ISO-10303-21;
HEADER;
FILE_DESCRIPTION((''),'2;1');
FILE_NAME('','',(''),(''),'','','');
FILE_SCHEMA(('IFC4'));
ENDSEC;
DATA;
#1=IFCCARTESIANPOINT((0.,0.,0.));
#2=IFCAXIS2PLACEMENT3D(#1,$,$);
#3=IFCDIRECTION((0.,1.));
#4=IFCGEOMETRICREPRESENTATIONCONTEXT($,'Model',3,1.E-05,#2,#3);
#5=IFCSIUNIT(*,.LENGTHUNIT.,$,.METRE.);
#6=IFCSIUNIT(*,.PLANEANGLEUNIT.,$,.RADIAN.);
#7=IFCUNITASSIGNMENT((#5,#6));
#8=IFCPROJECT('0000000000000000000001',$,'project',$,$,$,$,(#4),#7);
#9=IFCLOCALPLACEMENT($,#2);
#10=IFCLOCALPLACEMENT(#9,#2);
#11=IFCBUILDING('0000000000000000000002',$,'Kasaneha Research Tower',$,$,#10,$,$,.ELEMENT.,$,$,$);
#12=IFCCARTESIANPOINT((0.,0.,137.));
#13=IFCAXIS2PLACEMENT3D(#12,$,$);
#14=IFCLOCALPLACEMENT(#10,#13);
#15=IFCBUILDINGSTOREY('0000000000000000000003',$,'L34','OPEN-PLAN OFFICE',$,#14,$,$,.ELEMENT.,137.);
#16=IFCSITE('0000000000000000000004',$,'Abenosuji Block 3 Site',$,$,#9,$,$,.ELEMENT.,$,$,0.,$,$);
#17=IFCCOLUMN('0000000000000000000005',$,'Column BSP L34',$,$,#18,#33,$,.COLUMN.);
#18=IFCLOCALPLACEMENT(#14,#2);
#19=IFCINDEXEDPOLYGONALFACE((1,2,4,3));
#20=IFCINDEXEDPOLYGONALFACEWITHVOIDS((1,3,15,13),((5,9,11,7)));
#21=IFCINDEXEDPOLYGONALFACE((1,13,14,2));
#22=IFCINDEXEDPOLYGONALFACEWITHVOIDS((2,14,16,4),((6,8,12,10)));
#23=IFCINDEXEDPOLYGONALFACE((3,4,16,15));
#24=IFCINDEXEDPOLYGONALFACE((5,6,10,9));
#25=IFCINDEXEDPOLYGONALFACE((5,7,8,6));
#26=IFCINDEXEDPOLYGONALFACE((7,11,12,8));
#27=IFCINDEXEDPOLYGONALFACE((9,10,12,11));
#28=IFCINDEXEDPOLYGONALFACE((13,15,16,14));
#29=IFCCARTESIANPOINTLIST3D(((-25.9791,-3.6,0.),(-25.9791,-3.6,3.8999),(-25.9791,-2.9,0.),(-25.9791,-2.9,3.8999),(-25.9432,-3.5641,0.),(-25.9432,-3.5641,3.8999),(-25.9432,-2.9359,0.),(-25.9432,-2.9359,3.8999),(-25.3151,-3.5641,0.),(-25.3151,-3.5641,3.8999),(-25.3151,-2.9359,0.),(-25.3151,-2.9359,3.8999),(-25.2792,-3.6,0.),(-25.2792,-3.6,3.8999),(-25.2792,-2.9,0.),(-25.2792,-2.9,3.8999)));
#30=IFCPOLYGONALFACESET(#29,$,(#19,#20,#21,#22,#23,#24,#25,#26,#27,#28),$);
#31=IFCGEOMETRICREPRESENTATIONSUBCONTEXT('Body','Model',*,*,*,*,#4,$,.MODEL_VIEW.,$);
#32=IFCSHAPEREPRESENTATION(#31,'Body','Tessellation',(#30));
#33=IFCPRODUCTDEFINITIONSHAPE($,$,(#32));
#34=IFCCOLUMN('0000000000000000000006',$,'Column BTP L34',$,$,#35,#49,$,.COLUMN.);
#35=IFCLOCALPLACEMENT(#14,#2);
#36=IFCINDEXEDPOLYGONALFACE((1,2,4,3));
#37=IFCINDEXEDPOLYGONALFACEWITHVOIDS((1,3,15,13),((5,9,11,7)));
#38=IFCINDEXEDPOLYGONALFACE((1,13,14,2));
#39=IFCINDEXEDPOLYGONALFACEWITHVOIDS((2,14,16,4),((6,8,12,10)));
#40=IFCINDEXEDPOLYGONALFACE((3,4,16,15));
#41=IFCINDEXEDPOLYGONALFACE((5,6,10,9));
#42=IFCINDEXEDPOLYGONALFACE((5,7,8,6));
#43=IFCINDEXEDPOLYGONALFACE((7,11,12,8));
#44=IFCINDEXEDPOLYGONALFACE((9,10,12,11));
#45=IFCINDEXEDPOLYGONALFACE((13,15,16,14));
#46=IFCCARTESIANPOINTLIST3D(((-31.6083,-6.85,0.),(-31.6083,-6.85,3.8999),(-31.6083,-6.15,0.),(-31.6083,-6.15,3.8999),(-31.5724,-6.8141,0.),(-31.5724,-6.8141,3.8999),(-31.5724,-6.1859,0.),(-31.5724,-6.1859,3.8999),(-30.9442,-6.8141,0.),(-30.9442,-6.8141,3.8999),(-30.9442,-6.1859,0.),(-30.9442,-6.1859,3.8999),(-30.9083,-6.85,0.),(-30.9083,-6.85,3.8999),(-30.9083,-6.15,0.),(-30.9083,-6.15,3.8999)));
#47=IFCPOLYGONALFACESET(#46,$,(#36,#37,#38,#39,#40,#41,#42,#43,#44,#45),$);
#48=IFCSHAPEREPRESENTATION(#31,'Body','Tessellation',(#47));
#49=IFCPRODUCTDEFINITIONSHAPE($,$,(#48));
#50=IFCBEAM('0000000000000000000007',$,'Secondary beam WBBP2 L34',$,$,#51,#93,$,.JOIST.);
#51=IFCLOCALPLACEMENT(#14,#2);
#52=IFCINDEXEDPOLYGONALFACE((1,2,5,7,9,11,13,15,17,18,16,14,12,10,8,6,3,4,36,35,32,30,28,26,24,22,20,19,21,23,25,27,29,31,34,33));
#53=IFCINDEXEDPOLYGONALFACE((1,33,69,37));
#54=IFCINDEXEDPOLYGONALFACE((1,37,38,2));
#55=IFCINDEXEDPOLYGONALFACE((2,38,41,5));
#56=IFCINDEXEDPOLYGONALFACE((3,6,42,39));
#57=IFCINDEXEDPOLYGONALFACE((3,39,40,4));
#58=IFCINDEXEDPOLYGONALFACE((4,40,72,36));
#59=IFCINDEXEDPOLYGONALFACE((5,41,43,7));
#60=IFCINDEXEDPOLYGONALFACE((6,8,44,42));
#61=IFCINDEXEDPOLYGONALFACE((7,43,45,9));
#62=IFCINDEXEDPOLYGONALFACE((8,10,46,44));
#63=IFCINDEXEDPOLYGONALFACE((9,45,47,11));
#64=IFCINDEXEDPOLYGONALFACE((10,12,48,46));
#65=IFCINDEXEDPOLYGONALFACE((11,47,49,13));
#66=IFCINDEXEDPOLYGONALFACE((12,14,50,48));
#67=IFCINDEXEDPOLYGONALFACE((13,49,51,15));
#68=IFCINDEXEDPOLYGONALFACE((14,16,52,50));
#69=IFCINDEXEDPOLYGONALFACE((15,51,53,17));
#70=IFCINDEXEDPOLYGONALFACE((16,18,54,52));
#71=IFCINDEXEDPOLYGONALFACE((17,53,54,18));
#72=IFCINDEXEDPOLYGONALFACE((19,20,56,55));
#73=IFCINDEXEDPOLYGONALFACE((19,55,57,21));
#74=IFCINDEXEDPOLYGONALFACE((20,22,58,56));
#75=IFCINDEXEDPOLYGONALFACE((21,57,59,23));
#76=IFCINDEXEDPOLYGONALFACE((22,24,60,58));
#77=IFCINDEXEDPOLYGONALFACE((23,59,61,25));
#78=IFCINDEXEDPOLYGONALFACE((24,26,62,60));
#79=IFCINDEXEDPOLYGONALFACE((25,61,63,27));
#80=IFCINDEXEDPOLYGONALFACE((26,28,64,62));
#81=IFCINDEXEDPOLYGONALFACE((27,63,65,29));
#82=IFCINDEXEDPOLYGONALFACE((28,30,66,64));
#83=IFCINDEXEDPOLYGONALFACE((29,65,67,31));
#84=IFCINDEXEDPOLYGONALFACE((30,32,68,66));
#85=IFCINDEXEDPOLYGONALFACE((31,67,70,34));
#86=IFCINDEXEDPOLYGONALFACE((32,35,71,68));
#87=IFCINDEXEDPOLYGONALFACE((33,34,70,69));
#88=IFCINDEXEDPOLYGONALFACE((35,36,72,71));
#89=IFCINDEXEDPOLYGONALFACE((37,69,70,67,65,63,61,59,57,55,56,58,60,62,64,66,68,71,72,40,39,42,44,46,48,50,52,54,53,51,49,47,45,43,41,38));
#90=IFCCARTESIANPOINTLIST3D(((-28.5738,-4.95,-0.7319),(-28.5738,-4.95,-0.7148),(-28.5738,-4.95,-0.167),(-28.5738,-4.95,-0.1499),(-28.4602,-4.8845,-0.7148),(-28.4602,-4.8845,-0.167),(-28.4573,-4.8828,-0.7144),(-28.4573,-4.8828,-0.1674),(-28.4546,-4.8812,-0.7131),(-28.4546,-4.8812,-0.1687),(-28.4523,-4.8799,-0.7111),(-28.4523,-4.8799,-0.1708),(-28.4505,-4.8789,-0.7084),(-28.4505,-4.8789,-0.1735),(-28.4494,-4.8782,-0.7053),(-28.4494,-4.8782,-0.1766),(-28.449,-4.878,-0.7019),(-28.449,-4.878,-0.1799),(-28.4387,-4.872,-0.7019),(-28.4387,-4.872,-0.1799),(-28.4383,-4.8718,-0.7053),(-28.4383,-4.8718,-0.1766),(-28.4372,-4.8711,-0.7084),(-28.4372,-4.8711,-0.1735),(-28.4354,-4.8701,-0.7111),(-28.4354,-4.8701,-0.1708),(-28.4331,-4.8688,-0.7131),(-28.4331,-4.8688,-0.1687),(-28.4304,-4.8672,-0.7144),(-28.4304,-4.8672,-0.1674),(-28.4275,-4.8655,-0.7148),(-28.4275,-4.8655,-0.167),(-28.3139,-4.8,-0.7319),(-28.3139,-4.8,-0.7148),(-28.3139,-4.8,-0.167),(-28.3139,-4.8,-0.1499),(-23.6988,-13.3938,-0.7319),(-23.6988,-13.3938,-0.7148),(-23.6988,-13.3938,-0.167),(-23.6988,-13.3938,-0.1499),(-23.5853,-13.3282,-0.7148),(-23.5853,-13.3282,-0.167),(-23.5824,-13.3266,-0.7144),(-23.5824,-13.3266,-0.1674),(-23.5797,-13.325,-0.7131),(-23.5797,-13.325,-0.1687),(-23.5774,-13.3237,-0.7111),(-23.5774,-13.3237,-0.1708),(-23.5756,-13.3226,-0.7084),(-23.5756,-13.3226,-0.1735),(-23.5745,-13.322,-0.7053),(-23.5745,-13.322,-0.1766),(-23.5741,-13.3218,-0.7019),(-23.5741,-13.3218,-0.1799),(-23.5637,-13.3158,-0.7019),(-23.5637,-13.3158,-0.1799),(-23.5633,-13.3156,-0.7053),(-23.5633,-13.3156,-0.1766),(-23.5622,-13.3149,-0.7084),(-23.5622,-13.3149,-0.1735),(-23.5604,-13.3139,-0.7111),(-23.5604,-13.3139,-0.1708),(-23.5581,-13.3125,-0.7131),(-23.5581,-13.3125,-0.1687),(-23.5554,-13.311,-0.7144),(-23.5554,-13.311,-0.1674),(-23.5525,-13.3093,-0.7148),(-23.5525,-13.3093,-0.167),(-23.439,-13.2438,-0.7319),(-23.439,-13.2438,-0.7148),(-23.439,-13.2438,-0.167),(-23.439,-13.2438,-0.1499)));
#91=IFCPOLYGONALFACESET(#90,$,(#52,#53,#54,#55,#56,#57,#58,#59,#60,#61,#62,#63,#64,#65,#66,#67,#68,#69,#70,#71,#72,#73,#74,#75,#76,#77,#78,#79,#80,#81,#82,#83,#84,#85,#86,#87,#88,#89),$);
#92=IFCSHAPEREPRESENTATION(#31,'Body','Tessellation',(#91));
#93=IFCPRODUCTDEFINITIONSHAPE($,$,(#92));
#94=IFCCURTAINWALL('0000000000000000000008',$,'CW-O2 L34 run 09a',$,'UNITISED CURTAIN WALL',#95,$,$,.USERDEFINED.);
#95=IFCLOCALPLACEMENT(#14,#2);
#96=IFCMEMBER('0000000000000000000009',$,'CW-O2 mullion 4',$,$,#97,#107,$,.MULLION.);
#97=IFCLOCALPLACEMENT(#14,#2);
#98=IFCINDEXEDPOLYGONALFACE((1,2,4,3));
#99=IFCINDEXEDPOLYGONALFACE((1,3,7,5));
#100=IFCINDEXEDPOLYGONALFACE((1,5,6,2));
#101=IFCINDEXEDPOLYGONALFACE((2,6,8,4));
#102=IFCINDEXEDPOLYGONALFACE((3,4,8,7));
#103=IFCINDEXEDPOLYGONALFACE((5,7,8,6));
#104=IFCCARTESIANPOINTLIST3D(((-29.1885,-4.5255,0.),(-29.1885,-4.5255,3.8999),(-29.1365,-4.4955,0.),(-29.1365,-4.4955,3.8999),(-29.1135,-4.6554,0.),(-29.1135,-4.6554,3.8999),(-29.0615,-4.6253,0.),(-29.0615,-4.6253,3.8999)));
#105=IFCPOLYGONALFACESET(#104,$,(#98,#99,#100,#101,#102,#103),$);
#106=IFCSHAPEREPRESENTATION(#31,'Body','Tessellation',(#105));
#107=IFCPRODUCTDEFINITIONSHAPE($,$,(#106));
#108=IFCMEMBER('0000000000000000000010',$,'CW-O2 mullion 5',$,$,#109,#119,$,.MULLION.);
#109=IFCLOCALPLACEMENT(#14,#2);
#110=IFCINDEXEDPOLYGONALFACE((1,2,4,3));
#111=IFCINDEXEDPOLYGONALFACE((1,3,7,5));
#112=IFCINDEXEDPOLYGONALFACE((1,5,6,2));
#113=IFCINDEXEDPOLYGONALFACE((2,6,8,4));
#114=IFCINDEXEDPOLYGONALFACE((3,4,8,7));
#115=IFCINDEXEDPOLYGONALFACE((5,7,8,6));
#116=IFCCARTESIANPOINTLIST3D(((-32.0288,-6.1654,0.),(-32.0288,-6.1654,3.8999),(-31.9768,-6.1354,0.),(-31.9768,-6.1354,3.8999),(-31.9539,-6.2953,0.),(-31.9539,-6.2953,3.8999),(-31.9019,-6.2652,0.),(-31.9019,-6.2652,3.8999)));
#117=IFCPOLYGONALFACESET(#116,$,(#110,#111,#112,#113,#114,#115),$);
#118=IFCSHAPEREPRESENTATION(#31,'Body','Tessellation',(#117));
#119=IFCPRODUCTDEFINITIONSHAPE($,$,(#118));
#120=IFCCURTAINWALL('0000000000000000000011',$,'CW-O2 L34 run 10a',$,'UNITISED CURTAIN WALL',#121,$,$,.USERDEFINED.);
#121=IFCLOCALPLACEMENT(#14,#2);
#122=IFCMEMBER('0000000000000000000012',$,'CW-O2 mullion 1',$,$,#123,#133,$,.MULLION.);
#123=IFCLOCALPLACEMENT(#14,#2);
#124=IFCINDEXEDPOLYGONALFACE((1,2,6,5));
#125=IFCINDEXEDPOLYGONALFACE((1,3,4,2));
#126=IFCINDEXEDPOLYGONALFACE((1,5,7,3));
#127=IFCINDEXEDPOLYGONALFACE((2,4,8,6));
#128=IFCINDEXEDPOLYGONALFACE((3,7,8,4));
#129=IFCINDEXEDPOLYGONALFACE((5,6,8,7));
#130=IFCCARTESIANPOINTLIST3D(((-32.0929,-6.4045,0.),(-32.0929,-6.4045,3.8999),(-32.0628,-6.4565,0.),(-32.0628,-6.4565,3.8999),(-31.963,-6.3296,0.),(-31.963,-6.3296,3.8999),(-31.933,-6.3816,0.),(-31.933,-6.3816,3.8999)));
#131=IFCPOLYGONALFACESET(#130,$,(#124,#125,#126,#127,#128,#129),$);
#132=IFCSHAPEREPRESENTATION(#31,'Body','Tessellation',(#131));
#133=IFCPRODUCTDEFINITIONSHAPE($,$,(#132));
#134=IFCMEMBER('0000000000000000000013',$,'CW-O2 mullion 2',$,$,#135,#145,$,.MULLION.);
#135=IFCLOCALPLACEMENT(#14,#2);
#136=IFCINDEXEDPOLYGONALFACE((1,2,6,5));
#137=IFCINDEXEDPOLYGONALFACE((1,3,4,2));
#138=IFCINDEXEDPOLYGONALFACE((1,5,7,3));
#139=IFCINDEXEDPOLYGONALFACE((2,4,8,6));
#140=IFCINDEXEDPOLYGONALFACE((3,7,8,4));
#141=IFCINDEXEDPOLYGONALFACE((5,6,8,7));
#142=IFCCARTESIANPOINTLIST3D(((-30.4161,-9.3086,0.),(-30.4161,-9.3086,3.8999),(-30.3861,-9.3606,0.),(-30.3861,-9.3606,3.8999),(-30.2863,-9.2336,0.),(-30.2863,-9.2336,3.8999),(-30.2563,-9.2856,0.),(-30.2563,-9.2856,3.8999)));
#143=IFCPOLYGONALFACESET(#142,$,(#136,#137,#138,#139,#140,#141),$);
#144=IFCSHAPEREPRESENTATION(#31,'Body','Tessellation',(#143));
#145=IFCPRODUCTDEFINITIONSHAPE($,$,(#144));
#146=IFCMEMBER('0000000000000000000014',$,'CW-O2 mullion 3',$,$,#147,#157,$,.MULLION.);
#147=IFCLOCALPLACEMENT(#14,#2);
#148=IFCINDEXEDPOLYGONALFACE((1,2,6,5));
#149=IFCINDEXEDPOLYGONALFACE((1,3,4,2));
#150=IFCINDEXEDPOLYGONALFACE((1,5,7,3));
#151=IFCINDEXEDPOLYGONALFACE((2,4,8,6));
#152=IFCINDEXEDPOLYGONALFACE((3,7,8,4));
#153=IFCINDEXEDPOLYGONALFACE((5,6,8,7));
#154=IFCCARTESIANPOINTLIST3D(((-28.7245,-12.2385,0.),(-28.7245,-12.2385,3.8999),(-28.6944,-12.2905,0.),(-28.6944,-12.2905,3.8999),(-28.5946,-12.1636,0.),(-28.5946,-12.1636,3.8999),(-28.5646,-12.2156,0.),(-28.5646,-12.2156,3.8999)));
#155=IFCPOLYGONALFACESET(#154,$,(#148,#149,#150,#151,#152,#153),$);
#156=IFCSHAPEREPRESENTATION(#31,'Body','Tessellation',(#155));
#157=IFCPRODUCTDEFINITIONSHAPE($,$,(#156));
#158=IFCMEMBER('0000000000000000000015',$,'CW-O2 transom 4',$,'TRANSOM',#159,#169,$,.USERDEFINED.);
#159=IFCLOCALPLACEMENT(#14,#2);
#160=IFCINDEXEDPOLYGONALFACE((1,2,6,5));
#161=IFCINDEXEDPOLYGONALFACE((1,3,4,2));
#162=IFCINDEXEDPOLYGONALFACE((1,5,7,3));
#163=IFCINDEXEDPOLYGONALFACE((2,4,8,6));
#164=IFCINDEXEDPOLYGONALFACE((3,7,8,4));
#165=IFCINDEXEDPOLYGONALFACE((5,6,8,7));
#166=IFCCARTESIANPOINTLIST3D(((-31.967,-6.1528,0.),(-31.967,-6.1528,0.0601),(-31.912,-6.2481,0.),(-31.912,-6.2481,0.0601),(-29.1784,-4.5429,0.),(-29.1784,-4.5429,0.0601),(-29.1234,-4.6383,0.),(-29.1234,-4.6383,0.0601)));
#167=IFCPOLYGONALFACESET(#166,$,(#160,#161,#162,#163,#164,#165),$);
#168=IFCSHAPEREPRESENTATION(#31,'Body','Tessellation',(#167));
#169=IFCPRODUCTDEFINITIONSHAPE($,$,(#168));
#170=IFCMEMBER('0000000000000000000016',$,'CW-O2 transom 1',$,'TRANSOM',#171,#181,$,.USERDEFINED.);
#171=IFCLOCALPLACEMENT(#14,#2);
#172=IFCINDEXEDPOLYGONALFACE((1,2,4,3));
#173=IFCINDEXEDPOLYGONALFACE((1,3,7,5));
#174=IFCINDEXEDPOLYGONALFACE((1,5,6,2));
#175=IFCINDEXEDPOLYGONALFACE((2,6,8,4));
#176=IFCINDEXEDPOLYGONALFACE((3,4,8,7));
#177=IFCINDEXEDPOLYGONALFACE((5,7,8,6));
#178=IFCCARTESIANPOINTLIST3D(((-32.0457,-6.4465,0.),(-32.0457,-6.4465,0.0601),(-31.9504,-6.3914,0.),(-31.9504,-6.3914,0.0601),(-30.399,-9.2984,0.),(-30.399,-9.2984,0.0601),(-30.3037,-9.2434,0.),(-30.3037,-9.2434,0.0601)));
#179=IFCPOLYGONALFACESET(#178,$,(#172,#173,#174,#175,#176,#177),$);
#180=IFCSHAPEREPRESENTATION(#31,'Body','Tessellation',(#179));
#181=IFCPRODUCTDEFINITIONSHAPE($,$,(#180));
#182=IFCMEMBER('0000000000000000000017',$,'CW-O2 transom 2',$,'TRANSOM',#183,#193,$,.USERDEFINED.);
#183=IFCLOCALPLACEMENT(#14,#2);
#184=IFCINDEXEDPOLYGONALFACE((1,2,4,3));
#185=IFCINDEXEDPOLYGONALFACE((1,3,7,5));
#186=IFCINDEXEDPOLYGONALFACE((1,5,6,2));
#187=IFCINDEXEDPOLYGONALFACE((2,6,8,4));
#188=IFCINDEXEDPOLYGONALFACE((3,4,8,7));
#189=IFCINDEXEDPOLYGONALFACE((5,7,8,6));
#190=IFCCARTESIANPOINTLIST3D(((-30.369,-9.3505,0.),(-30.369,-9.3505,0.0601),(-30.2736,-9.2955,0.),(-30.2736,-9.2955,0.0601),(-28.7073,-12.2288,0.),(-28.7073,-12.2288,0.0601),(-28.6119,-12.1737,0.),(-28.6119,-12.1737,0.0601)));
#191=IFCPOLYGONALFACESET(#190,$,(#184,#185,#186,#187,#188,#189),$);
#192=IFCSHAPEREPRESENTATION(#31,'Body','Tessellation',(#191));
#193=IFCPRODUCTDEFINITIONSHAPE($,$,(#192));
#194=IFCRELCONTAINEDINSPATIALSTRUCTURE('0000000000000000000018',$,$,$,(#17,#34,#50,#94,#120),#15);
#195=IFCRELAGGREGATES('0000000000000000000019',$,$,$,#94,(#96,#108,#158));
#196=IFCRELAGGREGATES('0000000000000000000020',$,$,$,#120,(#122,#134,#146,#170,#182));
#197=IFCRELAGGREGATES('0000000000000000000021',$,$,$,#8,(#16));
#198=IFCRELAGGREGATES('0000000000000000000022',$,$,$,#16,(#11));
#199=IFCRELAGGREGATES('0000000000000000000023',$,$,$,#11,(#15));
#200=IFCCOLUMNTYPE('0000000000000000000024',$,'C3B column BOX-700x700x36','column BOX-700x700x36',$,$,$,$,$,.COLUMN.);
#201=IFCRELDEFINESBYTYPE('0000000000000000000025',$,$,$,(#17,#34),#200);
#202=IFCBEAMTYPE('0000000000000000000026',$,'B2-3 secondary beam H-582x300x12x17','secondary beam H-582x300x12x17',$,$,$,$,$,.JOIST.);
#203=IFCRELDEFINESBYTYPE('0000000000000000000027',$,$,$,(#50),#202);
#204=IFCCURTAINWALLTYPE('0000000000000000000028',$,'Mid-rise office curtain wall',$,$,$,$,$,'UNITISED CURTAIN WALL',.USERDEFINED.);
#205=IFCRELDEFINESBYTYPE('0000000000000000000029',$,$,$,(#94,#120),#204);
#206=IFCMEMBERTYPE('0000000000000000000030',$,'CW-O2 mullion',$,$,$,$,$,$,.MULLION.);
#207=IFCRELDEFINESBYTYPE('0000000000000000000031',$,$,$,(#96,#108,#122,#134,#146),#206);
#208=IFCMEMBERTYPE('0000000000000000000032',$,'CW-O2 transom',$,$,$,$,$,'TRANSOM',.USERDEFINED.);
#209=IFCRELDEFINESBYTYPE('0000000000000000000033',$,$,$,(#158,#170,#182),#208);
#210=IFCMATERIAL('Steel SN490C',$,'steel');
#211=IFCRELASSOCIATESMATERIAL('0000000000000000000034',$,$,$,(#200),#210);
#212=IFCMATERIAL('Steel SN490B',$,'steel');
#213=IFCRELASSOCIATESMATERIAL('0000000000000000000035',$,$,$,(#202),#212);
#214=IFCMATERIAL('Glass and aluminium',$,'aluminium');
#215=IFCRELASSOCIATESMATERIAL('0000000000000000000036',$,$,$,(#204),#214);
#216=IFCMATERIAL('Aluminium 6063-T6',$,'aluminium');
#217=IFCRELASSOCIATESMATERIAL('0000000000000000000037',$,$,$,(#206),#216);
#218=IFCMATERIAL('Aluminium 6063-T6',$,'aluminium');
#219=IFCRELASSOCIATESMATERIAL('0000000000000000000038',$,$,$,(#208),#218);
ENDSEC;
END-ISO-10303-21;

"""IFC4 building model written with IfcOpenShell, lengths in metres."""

from ifc_helpers import new_model, si_unit, direction, frame, origin, origin_2d, place, context, subcontext, project, spatial, rectangle, hollow_rectangle, i_section, extrude, material, material_profile, profile_set, type_object, element, aggregate, save


model = new_model("IFC4")

# Units and contexts
model_context = context("Model", 3, precision=1e-05, world=origin(), true_north=direction((0.0, 1.0)))
body_context = subcontext(model_context, "Body", "Model", "MODEL_VIEW")
ifc_project = project(units=[si_unit("LENGTHUNIT", "METRE"), si_unit("PLANEANGLEUNIT", "RADIAN")], contexts=[model_context])

# Site, building, storey
site_placement = place(None, origin())
site = spatial("IfcSite", under=ifc_project, at=site_placement, Name="Abenosuji Block 3 Site", CompositionType="ELEMENT", RefElevation=0.0)
building_placement = place(site_placement, origin())
building = spatial("IfcBuilding", under=site, at=building_placement, Name="Kasaneha Research Tower", CompositionType="ELEMENT")
storey_placement = place(building_placement, frame((0.0, 0.0, 137.0)))
storey = spatial("IfcBuildingStorey", under=building, at=storey_placement, Name="L34", Description="OPEN-PLAN OFFICE", CompositionType="ELEMENT", Elevation=137.0)

# Columns
ifc_material_1 = material(Name="Steel SN490C", Category="steel")
ifc_material_profile_1 = material_profile(ifc_material_1, hollow_rectangle(XDim=0.7, YDim=0.7, WallThickness=0.0359, at=origin_2d()), Name="BOX-700x700x36")
ifc_profile_set_1 = profile_set([ifc_material_profile_1], Name="Steel SN490C")
column_type = type_object("IfcColumnType", Name="C3B column BOX-700x700x36", Description="column BOX-700x700x36", PredefinedType="COLUMN", material=ifc_profile_set_1)
for number, where, z_axis, x_axis, name in (
    (1, (-25.6292, -3.25, 0.0), (0.0, 0.0, 1.0), (1.0, 0.0, 0.0), "Column BSP L34"),
    (2, (-31.2583, -6.5, 0.0), (0.0, 0.0, 1.0), (1.0, 0.0, 0.0), "Column BTP L34"),
):
    element("IfcColumn", number, at=place(storey_placement, frame(where, z_axis=z_axis, x_axis=x_axis)), inside=storey, type_object=column_type, Name=name, PredefinedType="COLUMN", context=body_context, shape_type="SweptSolid", body=[
        extrude(hollow_rectangle(XDim=0.7, YDim=0.7, WallThickness=0.0359, at=origin_2d()), origin(), (0.0, 0.0, 1.0), 3.8999),
    ])

# Beam
ifc_material_2 = material(Name="Steel SN490B", Category="steel")
ifc_material_profile_2 = material_profile(ifc_material_2, i_section(OverallWidth=0.3, OverallDepth=0.582, WebThickness=0.012, FlangeThickness=0.0171, FilletRadius=0.0129, at=origin_2d()), Name="H-582x300x12x17")
ifc_profile_set_2 = profile_set([ifc_material_profile_2], Name="Steel SN490B")
beam_type_1 = type_object("IfcBeamType", Name="B2-3 secondary beam H-582x300x12x17", Description="secondary beam H-582x300x12x17", PredefinedType="JOIST", material=ifc_profile_set_2)
beam_1_placement = place(storey_placement, frame((-28.4438, -4.875, -0.4409), z_axis=(0.499996, -0.866028, 0.0), x_axis=(0.866028, 0.499996, 0.0)))
element("IfcBeam", 3, at=beam_1_placement, inside=storey, type_object=beam_type_1, Name="Secondary beam WBBP2 L34", PredefinedType="JOIST", context=body_context, shape_type="SweptSolid", body=[
    extrude(i_section(OverallWidth=0.3, OverallDepth=0.582, WebThickness=0.012, FlangeThickness=0.0171, FilletRadius=0.0129, at=origin_2d()), origin(), (0.0, 0.0, 1.0), 9.75),
])

# Curtain walls, members
ifc_material_3 = material(Name="Glass and aluminium", Category="aluminium")
curtain_wall_type = type_object("IfcCurtainWallType", Name="Mid-rise office curtain wall", ElementType="UNITISED CURTAIN WALL", PredefinedType="USERDEFINED", material=ifc_material_3)
curtain_wall_1_placement = place(storey_placement, origin())
curtain_wall_1 = element("IfcCurtainWall", 4, at=curtain_wall_1_placement, inside=storey, type_object=curtain_wall_type, Name="CW-O2 L34 run 09a", ObjectType="UNITISED CURTAIN WALL", PredefinedType="USERDEFINED")
ifc_material_4 = material(Name="Aluminium 6063-T6", Category="aluminium")
ifc_material_profile_3 = material_profile(ifc_material_4, rectangle(XDim=0.0601, YDim=0.1499, at=origin_2d()), Name="CW-O2 mullion 60x150")
ifc_profile_set_3 = profile_set([ifc_material_profile_3], Name="Aluminium 6063-T6")
member_type_1 = type_object("IfcMemberType", Name="CW-O2 mullion", PredefinedType="MULLION", material=ifc_profile_set_3)
member_1_placement = place(storey_placement, frame((-29.125, -4.5754, 0.0), z_axis=(0.0, 0.0, 1.0), x_axis=(-0.866025, -0.5, 0.0)))
member_1 = element("IfcMember", 5, at=member_1_placement, type_object=member_type_1, Name="CW-O2 mullion 4", PredefinedType="MULLION", context=body_context, shape_type="SweptSolid", body=[
    extrude(rectangle(XDim=0.0601, YDim=0.1499, at=origin_2d()), origin(), (0.0, 0.0, 1.0), 3.8999),
])
member_2_placement = place(storey_placement, frame((-31.9653, -6.2153, 0.0), z_axis=(0.0, 0.0, 1.0), x_axis=(-0.866025, -0.5, 0.0)))
member_2 = element("IfcMember", 6, at=member_2_placement, type_object=member_type_1, Name="CW-O2 mullion 5", PredefinedType="MULLION", context=body_context, shape_type="SweptSolid", body=[
    extrude(rectangle(XDim=0.0601, YDim=0.1499, at=origin_2d()), origin(), (0.0, 0.0, 1.0), 3.8999),
])
curtain_wall_2_placement = place(storey_placement, origin())
curtain_wall_2 = element("IfcCurtainWall", 7, at=curtain_wall_2_placement, inside=storey, type_object=curtain_wall_type, Name="CW-O2 L34 run 10a", ObjectType="UNITISED CURTAIN WALL", PredefinedType="USERDEFINED")
member_3_placement = place(storey_placement, frame((-32.0129, -6.3931, 0.0), z_axis=(0.0, 0.0, 1.0), x_axis=(0.5, -0.866025, 0.0)))
member_3 = element("IfcMember", 8, at=member_3_placement, type_object=member_type_1, Name="CW-O2 mullion 1", PredefinedType="MULLION", context=body_context, shape_type="SweptSolid", body=[
    extrude(rectangle(XDim=0.0601, YDim=0.1499, at=origin_2d()), origin(), (0.0, 0.0, 1.0), 3.8999),
])
member_4_placement = place(storey_placement, frame((-30.3362, -9.2971, 0.0), z_axis=(0.0, 0.0, 1.0), x_axis=(0.5, -0.866025, 0.0)))
member_4 = element("IfcMember", 9, at=member_4_placement, type_object=member_type_1, Name="CW-O2 mullion 2", PredefinedType="MULLION", context=body_context, shape_type="SweptSolid", body=[
    extrude(rectangle(XDim=0.0601, YDim=0.1499, at=origin_2d()), origin(), (0.0, 0.0, 1.0), 3.8999),
])
member_5_placement = place(storey_placement, frame((-28.6445, -12.2271, 0.0), z_axis=(0.0, 0.0, 1.0), x_axis=(0.5, -0.866025, 0.0)))
member_5 = element("IfcMember", 10, at=member_5_placement, type_object=member_type_1, Name="CW-O2 mullion 3", PredefinedType="MULLION", context=body_context, shape_type="SweptSolid", body=[
    extrude(rectangle(XDim=0.0601, YDim=0.1499, at=origin_2d()), origin(), (0.0, 0.0, 1.0), 3.8999),
])

# Members
ifc_material_5 = material(Name="Aluminium 6063-T6", Category="aluminium")
ifc_material_profile_4 = material_profile(ifc_material_5, rectangle(XDim=0.1101, YDim=0.0601, at=origin_2d()), Name="CW-O2 transom 110x60")
ifc_profile_set_4 = profile_set([ifc_material_profile_4], Name="Aluminium 6063-T6")
member_type_2 = type_object("IfcMemberType", Name="CW-O2 transom", ElementType="TRANSOM", PredefinedType="USERDEFINED", material=ifc_profile_set_4)
member_6_placement = place(storey_placement, frame((-29.1509, -4.5906, 0.03), z_axis=(-0.866042, -0.499972, 0.0), x_axis=(0.499972, -0.866042, 0.0)))
member_6 = element("IfcMember", 11, at=member_6_placement, type_object=member_type_2, Name="CW-O2 transom 4", ObjectType="TRANSOM", PredefinedType="USERDEFINED", context=body_context, shape_type="SweptSolid", body=[
    extrude(rectangle(XDim=0.1101, YDim=0.0601, at=origin_2d()), origin(), (0.0, 0.0, 1.0), 3.22),
])
member_7_placement = place(storey_placement, frame((-31.998, -6.4189, 0.03), z_axis=(0.500022, -0.866013, 0.0), x_axis=(0.866013, 0.500022, 0.0)))
member_7 = element("IfcMember", 12, at=member_7_placement, type_object=member_type_2, Name="CW-O2 transom 1", ObjectType="TRANSOM", PredefinedType="USERDEFINED", context=body_context, shape_type="SweptSolid", body=[
    extrude(rectangle(XDim=0.1101, YDim=0.0601, at=origin_2d()), origin(), (0.0, 0.0, 1.0), 3.2932),
])
member_8_placement = place(storey_placement, frame((-30.3213, -9.323, 0.03), z_axis=(0.499979, -0.866038, 0.0), x_axis=(0.866038, 0.499979, 0.0)))
member_8 = element("IfcMember", 13, at=member_8_placement, type_object=member_type_2, Name="CW-O2 transom 2", ObjectType="TRANSOM", PredefinedType="USERDEFINED", context=body_context, shape_type="SweptSolid", body=[
    extrude(rectangle(XDim=0.1101, YDim=0.0601, at=origin_2d()), origin(), (0.0, 0.0, 1.0), 3.3235),
])

aggregate(curtain_wall_1, [member_1, member_2, member_6])
aggregate(curtain_wall_2, [member_3, member_4, member_5, member_7, member_8])

save(model, "model.ifc")
